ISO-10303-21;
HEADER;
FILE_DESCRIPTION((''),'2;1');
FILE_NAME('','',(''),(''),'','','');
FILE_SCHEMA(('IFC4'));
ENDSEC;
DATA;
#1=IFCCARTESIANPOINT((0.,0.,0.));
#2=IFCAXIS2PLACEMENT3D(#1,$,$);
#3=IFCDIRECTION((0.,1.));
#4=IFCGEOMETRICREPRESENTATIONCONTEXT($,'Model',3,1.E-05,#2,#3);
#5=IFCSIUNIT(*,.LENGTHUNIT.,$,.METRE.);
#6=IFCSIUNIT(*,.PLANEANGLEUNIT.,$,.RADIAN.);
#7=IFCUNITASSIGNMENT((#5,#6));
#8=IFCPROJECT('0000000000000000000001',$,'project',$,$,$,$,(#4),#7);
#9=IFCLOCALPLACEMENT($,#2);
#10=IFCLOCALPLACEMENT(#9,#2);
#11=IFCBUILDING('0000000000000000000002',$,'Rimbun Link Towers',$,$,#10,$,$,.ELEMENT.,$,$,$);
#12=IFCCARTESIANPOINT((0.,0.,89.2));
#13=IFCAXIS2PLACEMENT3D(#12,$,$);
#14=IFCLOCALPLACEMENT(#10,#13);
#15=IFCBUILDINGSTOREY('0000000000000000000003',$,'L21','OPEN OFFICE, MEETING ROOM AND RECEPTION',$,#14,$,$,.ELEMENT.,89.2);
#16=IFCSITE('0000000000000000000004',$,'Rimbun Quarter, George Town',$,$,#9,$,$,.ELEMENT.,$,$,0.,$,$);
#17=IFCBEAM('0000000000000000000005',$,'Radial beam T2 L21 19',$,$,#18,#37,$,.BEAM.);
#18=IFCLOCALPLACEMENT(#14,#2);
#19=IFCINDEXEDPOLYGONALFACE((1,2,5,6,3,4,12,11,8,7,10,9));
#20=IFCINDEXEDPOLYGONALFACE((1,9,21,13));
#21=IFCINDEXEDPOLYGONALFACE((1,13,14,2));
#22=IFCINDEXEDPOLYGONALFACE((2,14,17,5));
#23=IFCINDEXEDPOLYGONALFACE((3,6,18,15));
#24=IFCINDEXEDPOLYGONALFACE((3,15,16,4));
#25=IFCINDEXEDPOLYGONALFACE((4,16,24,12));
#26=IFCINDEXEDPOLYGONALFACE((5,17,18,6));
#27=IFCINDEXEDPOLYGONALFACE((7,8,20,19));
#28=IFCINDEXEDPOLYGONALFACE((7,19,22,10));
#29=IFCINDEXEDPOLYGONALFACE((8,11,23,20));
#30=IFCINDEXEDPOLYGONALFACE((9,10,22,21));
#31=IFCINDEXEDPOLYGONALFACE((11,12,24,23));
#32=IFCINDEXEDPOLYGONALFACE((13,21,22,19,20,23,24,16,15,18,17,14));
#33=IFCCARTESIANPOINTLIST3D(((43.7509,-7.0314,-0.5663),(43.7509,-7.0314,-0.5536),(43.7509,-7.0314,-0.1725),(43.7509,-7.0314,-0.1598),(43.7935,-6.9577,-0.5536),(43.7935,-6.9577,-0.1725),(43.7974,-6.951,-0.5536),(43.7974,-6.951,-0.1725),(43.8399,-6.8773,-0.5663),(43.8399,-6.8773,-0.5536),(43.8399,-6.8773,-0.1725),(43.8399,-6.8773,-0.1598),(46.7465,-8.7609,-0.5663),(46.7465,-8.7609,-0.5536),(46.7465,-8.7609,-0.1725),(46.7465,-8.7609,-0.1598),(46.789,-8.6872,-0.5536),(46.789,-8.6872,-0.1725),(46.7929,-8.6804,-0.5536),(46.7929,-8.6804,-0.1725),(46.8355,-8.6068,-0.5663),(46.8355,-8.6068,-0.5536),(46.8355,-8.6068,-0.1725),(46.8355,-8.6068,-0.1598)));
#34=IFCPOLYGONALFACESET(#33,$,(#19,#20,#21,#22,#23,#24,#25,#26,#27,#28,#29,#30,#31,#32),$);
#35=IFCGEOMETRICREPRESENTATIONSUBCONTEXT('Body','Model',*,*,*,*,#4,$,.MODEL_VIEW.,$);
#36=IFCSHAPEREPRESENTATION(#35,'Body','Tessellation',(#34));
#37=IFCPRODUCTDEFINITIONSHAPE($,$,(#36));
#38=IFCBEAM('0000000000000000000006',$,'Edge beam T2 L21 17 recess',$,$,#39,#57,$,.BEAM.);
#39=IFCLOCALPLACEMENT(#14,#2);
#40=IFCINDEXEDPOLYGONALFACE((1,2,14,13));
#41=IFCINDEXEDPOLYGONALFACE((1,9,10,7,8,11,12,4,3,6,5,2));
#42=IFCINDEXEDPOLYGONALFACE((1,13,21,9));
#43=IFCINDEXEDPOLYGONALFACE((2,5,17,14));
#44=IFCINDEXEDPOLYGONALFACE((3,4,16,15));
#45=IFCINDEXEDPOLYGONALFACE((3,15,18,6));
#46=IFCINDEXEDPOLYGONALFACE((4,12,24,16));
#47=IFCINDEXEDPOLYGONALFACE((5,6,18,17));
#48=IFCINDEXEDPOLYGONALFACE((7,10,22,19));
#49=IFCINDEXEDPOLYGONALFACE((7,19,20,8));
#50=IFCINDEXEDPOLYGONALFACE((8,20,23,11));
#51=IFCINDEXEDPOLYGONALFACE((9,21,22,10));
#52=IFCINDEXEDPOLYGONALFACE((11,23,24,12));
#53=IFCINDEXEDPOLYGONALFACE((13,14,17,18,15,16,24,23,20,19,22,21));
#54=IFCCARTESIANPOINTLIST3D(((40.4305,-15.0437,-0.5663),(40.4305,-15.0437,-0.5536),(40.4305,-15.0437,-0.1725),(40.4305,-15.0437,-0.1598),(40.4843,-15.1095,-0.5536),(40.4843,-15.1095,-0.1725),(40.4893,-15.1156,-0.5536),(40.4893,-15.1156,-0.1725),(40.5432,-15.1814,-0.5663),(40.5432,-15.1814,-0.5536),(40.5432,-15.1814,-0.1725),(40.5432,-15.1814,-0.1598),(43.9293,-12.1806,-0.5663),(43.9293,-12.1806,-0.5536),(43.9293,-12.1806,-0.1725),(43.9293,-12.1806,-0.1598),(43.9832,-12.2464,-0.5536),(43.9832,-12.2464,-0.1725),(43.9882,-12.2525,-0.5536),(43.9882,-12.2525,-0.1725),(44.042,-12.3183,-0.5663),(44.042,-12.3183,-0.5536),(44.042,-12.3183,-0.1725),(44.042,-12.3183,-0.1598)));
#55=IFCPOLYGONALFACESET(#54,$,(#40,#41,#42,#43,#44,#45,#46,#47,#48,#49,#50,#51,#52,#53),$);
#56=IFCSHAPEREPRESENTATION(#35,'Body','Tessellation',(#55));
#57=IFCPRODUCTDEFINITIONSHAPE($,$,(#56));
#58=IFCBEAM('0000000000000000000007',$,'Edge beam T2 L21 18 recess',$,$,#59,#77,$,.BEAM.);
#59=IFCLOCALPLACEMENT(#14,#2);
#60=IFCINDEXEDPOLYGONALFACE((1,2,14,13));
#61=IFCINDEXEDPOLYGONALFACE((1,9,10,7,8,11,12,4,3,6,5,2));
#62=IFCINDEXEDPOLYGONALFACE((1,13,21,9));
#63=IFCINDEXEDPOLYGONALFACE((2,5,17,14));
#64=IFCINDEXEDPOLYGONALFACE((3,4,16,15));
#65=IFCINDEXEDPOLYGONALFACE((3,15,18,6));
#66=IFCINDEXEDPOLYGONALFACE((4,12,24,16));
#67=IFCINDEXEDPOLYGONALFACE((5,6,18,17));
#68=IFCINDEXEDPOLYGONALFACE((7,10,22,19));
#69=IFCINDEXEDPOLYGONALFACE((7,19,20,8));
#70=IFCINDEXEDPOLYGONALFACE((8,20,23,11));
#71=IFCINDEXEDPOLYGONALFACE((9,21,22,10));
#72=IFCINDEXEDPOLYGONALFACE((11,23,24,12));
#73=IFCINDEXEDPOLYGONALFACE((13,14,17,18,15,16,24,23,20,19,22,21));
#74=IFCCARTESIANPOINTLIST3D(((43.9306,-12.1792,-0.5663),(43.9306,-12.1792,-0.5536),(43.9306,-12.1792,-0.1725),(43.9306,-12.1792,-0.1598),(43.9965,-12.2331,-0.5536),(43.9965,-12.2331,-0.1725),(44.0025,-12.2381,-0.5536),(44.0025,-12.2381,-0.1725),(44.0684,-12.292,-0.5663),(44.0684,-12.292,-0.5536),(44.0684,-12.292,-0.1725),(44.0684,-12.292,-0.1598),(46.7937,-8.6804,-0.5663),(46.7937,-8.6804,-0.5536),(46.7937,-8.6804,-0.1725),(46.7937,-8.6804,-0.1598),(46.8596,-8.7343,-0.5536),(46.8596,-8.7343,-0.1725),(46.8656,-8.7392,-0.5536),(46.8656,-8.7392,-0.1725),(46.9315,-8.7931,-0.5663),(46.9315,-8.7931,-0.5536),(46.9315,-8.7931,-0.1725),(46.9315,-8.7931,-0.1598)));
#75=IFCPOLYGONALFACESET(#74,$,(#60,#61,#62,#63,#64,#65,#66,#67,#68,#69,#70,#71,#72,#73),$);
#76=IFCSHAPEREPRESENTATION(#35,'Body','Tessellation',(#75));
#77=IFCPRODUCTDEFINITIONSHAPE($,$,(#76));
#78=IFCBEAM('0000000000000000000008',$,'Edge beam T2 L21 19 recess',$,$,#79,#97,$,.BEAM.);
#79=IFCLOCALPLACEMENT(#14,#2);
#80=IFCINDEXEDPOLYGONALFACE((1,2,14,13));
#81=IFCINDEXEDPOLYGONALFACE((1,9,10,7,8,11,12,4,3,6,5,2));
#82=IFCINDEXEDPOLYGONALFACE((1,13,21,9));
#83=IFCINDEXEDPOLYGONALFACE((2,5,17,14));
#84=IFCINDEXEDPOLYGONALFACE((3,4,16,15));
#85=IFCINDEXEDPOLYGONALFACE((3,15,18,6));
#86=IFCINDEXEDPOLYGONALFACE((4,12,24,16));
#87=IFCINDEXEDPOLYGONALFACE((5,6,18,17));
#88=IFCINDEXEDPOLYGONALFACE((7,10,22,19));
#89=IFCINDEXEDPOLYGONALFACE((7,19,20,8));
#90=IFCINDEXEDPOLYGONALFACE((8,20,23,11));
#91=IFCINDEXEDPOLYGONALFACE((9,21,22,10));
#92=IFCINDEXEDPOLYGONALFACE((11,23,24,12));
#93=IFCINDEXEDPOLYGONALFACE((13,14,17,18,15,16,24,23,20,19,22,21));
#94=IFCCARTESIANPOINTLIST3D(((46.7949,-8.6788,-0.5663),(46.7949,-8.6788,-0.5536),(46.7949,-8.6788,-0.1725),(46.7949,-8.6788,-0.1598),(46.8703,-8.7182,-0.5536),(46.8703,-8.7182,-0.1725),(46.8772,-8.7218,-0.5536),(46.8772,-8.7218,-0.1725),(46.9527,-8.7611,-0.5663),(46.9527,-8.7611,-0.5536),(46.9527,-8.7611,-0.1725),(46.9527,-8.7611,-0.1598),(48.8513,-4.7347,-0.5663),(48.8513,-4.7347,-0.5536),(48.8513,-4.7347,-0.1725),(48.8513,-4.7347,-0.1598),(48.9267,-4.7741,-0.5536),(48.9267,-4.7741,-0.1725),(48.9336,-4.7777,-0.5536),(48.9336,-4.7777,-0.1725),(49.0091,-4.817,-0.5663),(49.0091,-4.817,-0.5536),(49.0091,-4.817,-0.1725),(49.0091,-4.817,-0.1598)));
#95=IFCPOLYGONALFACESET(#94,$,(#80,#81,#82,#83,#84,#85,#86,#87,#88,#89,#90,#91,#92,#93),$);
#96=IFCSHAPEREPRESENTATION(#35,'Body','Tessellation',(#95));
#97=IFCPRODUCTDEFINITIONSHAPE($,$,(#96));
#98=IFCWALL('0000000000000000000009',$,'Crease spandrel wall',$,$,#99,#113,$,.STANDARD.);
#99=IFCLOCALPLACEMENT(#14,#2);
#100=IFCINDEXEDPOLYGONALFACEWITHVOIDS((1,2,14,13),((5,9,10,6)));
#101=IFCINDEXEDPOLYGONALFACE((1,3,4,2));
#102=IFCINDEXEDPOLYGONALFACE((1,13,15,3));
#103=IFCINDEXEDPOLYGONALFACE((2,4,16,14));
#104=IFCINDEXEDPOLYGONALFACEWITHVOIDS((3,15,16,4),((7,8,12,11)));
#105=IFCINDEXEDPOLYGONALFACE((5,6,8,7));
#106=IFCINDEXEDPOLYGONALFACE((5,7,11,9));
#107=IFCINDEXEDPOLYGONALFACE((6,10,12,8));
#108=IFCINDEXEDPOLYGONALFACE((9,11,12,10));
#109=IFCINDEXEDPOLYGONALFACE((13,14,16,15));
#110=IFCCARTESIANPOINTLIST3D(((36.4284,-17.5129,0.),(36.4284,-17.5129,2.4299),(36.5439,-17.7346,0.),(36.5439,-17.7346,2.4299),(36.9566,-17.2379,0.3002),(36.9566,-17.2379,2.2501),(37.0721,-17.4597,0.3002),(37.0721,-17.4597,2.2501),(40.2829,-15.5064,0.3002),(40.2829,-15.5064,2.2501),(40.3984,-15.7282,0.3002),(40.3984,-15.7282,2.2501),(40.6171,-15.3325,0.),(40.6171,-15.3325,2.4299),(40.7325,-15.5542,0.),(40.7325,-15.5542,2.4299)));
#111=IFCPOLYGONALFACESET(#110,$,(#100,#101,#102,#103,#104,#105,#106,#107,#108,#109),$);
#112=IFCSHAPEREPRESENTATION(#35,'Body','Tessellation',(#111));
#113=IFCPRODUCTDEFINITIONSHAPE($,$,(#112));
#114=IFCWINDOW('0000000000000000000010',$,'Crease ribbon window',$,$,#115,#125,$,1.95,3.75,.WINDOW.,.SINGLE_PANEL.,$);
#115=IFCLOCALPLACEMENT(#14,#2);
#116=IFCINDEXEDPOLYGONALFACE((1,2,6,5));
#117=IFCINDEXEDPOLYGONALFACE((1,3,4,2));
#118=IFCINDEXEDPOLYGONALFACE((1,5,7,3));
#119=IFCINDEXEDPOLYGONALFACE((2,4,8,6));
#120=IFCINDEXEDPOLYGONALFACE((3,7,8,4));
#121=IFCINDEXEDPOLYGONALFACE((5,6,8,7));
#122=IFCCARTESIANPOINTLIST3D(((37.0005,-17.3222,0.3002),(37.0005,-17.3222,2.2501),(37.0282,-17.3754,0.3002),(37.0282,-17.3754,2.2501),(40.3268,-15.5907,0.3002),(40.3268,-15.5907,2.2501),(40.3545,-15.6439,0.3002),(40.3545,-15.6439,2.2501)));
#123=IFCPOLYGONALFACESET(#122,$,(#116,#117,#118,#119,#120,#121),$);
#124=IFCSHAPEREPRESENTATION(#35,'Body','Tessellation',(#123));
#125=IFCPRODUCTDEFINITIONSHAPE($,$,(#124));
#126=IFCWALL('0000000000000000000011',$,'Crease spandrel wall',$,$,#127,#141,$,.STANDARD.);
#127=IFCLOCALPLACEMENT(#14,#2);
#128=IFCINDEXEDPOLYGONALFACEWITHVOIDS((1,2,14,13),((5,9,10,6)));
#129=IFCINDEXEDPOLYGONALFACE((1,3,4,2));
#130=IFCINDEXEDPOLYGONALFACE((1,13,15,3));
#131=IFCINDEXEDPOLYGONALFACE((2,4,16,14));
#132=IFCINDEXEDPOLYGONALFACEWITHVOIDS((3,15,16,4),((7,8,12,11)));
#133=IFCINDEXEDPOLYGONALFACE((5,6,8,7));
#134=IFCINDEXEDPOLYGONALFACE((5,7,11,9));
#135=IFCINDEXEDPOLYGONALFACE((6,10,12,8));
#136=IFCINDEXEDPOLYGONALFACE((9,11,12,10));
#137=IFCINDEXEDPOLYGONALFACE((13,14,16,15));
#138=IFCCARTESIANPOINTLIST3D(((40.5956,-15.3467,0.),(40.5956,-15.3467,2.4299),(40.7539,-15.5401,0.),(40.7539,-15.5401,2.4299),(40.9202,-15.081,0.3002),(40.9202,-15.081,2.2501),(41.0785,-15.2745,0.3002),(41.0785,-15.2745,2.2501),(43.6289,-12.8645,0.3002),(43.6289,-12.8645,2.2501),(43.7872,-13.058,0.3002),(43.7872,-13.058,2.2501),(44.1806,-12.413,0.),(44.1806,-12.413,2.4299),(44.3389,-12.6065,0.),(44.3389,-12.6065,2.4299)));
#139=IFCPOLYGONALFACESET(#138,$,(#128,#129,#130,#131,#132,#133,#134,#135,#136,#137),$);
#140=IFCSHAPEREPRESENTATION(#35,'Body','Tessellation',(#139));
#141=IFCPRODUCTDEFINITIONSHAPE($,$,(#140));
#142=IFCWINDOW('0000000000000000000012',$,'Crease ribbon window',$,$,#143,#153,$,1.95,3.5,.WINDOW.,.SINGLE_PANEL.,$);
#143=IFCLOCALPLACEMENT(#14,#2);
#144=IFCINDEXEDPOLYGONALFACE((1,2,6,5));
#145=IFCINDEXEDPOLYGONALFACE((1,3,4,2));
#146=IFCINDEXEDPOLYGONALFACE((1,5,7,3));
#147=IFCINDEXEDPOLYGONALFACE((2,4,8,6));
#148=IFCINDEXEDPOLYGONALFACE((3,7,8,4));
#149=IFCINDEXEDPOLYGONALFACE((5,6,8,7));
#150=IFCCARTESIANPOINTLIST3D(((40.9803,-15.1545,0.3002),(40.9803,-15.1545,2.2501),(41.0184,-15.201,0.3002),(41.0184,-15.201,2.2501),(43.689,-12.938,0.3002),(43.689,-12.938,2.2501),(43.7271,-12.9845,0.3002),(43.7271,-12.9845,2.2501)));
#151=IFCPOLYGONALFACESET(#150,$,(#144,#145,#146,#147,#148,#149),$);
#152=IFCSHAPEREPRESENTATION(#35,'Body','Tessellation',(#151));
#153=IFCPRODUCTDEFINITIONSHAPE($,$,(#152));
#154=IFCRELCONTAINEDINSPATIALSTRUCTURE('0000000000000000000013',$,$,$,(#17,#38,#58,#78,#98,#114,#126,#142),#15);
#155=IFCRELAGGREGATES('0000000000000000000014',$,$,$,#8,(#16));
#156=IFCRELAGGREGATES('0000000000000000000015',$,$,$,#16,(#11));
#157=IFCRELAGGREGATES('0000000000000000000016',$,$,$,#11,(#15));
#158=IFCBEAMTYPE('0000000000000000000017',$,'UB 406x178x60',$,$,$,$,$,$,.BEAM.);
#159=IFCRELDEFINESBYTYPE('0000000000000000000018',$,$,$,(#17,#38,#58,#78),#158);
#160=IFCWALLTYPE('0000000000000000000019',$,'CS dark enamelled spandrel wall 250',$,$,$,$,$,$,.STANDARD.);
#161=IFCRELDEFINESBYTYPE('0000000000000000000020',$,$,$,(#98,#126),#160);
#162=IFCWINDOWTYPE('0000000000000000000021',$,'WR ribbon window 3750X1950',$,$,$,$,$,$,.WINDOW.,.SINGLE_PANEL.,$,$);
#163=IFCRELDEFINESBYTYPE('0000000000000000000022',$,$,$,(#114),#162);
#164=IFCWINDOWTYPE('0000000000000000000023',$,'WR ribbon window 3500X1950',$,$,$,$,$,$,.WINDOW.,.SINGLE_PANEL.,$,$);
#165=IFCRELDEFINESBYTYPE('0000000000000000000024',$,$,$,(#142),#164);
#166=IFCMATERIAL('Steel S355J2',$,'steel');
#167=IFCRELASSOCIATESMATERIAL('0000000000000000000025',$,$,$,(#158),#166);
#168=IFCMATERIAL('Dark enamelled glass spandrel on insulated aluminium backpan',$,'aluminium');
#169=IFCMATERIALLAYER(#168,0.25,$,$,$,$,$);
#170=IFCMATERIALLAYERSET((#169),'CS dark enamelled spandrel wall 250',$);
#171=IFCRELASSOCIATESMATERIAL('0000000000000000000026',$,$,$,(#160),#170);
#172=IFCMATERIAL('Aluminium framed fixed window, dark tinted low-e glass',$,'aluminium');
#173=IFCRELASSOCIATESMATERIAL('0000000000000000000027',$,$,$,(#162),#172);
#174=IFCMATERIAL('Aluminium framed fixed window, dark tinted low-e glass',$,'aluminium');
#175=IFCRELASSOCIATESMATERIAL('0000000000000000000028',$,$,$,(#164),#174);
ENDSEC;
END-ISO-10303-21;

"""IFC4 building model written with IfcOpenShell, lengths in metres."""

from ifc_helpers import new_model, si_unit, direction, frame, frame_2d, origin, origin_2d, place, context, subcontext, project, spatial, rectangle, i_section, extrude, material, layer, layer_set, material_profile, profile_set, type_object, element, fill, save


model = new_model("IFC4")

# Units and contexts
model_context = context("Model", 3, precision=1e-05, world=origin(), true_north=direction((0.0, 1.0)))
body_context = subcontext(model_context, "Body", "Model", "MODEL_VIEW")
ifc_project = project(units=[si_unit("LENGTHUNIT", "METRE"), si_unit("PLANEANGLEUNIT", "RADIAN")], contexts=[model_context])

# Site, building, storey
site_placement = place(None, origin())
site = spatial("IfcSite", under=ifc_project, at=site_placement, Name="Rimbun Quarter, George Town", CompositionType="ELEMENT", RefElevation=0.0)
building_placement = place(site_placement, origin())
building = spatial("IfcBuilding", under=site, at=building_placement, Name="Rimbun Link Towers", CompositionType="ELEMENT")
storey_placement = place(building_placement, frame((0.0, 0.0, 89.2)))
storey = spatial("IfcBuildingStorey", under=building, at=storey_placement, Name="L21", Description="OPEN OFFICE, MEETING ROOM AND RECEPTION", CompositionType="ELEMENT", Elevation=89.2)

# Beams
ifc_material_1 = material(Name="Steel S355J2", Category="steel")
ifc_material_profile_1 = material_profile(ifc_material_1, i_section(OverallWidth=0.178, OverallDepth=0.4065, WebThickness=0.0078, FlangeThickness=0.0127, at=origin_2d()), Name="UB 406x178x60")
ifc_profile_set_1 = profile_set([ifc_material_profile_1], Name="Steel S355J2")
beam_type = type_object("IfcBeamType", Name="UB 406x178x60", PredefinedType="BEAM", material=ifc_profile_set_1)
beam_1_placement = place(storey_placement, frame((43.7954, -6.9543, -0.363), z_axis=(0.866028, -0.499995, 0.0), x_axis=(0.499995, 0.866028, 0.0)))
element("IfcBeam", 1, at=beam_1_placement, inside=storey, type_object=beam_type, Name="Radial beam T2 L21 19", PredefinedType="BEAM", context=body_context, shape_type="SweptSolid", body=[
    extrude(i_section(OverallWidth=0.178, OverallDepth=0.4065, WebThickness=0.0078, FlangeThickness=0.0127, at=origin_2d()), origin(), (0.0, 0.0, 1.0), 3.459),
])
for number, where, z_axis, x_axis, name in (
    (2, (40.4868, -15.1125, -0.363), (0.773914, 0.633291, 0.0), (-0.633291, 0.773914, 0.0), "Edge beam T2 L21 17 recess"),
    (3, (43.9995, -12.2356, -0.363), (0.633291, 0.773914, 0.0), (-0.773914, 0.633291, 0.0), "Edge beam T2 L21 18 recess"),
):
    element("IfcBeam", number, at=place(storey_placement, frame(where, z_axis=z_axis, x_axis=x_axis)), inside=storey, type_object=beam_type, Name=name, PredefinedType="BEAM", context=body_context, shape_type="SweptSolid", body=[
        extrude(i_section(OverallWidth=0.178, OverallDepth=0.4065, WebThickness=0.0078, FlangeThickness=0.0127, at=origin_2d()), origin(), (0.0, 0.0, 1.0), 4.521),
    ])
beam_2_placement = place(storey_placement, frame((46.8738, -8.72, -0.363), z_axis=(0.46232, 0.886713, 0.0), x_axis=(-0.886713, 0.46232, 0.0)))
element("IfcBeam", 4, at=beam_2_placement, inside=storey, type_object=beam_type, Name="Edge beam T2 L21 19 recess", PredefinedType="BEAM", context=body_context, shape_type="SweptSolid", body=[
    extrude(i_section(OverallWidth=0.178, OverallDepth=0.4065, WebThickness=0.0078, FlangeThickness=0.0127, at=origin_2d()), origin(), (0.0, 0.0, 1.0), 4.448),
])

# Walls, openings, windows
ifc_material_2 = material(Name="Dark enamelled glass spandrel on insulated aluminium backpan", Category="aluminium")
ifc_layer_1 = layer(ifc_material_2, 0.25)
ifc_layer_set_1 = layer_set([ifc_layer_1], Name="CS dark enamelled spandrel wall 250")
wall_type_1 = type_object("IfcWallType", Name="CS dark enamelled spandrel wall 250", PredefinedType="STANDARD", material=ifc_layer_set_1)
wall_1_placement = place(storey_placement, frame((40.6748, -15.4434, 0.0), z_axis=(0.0, 0.0, 1.0), x_axis=(-0.887019, -0.461734, 0.0)))
wall_1 = element("IfcWall", 5, at=wall_1_placement, inside=storey, type_object=wall_type_1, Name="Crease spandrel wall", PredefinedType="STANDARD", context=body_context, shape_type="SweptSolid", body=[
    extrude(rectangle(XDim=4.7222, YDim=0.25, at=frame_2d((2.3611, 0.0))), origin(), (0.0, 0.0, 1.0), 2.4299),
])
opening_1_placement = place(wall_1_placement, frame((0.3767, 0.0, 0.3)))
opening_1 = element("IfcOpeningElement", 6, at=opening_1_placement, cuts=wall_1, PredefinedType="OPENING", context=body_context, shape_type="SweptSolid", body=[
    extrude(rectangle(XDim=3.75, YDim=1.95, at=frame_2d((1.875, 0.9751))), frame((0.0, 0.135, 0.0), z_axis=(0.0, -1.0, 0.0), x_axis=(1.0, 0.0, 0.0)), (0.0, 0.0, 1.0), 0.27),
])
ifc_material_3 = material(Name="Aluminium framed fixed window, dark tinted low-e glass", Category="aluminium")
window_type_1 = type_object("IfcWindowType", Name="WR ribbon window 3750X1950", PartitioningType="SINGLE_PANEL", PredefinedType="WINDOW", material=ifc_material_3)
window_1_placement = place(opening_1_placement, origin())
window_1 = element("IfcWindow", 7, at=window_1_placement, inside=storey, type_object=window_type_1, Name="Crease ribbon window", OverallHeight=1.95, OverallWidth=3.75, PartitioningType="SINGLE_PANEL", PredefinedType="WINDOW", context=body_context, shape_type="SweptSolid", body=[
    extrude(rectangle(XDim=3.75, YDim=1.95, at=frame_2d((1.875, 0.9751))), frame((0.0, 0.03, 0.0), z_axis=(0.0, -1.0, 0.0), x_axis=(1.0, 0.0, 0.0)), (0.0, 0.0, 1.0), 0.0601),
])
fill(opening_1, window_1)
wall_2_placement = place(storey_placement, frame((44.2598, -12.5098, 0.0), z_axis=(0.0, 0.0, 1.0), x_axis=(-0.77391, -0.633295, 0.0)))
wall_2 = element("IfcWall", 8, at=wall_2_placement, inside=storey, type_object=wall_type_1, Name="Crease spandrel wall", PredefinedType="STANDARD", context=body_context, shape_type="SweptSolid", body=[
    extrude(rectangle(XDim=4.6323, YDim=0.25, at=frame_2d((2.3162, 0.0))), origin(), (0.0, 0.0, 1.0), 2.4299),
])
opening_2_placement = place(wall_2_placement, frame((0.7129, 0.0, 0.3)))
opening_2 = element("IfcOpeningElement", 9, at=opening_2_placement, cuts=wall_2, PredefinedType="OPENING", context=body_context, shape_type="SweptSolid", body=[
    extrude(rectangle(XDim=3.5, YDim=1.95, at=frame_2d((1.75, 0.9751))), frame((0.0, 0.135, 0.0), z_axis=(0.0, -1.0, 0.0), x_axis=(1.0, 0.0, 0.0)), (0.0, 0.0, 1.0), 0.27),
])
ifc_material_4 = material(Name="Aluminium framed fixed window, dark tinted low-e glass", Category="aluminium")
window_type_2 = type_object("IfcWindowType", Name="WR ribbon window 3500X1950", PartitioningType="SINGLE_PANEL", PredefinedType="WINDOW", material=ifc_material_4)
window_2_placement = place(opening_2_placement, origin())
window_2 = element("IfcWindow", 10, at=window_2_placement, inside=storey, type_object=window_type_2, Name="Crease ribbon window", OverallHeight=1.95, OverallWidth=3.5, PartitioningType="SINGLE_PANEL", PredefinedType="WINDOW", context=body_context, shape_type="SweptSolid", body=[
    extrude(rectangle(XDim=3.5, YDim=1.95, at=frame_2d((1.75, 0.9751))), frame((0.0, 0.03, 0.0), z_axis=(0.0, -1.0, 0.0), x_axis=(1.0, 0.0, 0.0)), (0.0, 0.0, 1.0), 0.0601),
])
fill(opening_2, window_2)

save(model, "model.ifc")
